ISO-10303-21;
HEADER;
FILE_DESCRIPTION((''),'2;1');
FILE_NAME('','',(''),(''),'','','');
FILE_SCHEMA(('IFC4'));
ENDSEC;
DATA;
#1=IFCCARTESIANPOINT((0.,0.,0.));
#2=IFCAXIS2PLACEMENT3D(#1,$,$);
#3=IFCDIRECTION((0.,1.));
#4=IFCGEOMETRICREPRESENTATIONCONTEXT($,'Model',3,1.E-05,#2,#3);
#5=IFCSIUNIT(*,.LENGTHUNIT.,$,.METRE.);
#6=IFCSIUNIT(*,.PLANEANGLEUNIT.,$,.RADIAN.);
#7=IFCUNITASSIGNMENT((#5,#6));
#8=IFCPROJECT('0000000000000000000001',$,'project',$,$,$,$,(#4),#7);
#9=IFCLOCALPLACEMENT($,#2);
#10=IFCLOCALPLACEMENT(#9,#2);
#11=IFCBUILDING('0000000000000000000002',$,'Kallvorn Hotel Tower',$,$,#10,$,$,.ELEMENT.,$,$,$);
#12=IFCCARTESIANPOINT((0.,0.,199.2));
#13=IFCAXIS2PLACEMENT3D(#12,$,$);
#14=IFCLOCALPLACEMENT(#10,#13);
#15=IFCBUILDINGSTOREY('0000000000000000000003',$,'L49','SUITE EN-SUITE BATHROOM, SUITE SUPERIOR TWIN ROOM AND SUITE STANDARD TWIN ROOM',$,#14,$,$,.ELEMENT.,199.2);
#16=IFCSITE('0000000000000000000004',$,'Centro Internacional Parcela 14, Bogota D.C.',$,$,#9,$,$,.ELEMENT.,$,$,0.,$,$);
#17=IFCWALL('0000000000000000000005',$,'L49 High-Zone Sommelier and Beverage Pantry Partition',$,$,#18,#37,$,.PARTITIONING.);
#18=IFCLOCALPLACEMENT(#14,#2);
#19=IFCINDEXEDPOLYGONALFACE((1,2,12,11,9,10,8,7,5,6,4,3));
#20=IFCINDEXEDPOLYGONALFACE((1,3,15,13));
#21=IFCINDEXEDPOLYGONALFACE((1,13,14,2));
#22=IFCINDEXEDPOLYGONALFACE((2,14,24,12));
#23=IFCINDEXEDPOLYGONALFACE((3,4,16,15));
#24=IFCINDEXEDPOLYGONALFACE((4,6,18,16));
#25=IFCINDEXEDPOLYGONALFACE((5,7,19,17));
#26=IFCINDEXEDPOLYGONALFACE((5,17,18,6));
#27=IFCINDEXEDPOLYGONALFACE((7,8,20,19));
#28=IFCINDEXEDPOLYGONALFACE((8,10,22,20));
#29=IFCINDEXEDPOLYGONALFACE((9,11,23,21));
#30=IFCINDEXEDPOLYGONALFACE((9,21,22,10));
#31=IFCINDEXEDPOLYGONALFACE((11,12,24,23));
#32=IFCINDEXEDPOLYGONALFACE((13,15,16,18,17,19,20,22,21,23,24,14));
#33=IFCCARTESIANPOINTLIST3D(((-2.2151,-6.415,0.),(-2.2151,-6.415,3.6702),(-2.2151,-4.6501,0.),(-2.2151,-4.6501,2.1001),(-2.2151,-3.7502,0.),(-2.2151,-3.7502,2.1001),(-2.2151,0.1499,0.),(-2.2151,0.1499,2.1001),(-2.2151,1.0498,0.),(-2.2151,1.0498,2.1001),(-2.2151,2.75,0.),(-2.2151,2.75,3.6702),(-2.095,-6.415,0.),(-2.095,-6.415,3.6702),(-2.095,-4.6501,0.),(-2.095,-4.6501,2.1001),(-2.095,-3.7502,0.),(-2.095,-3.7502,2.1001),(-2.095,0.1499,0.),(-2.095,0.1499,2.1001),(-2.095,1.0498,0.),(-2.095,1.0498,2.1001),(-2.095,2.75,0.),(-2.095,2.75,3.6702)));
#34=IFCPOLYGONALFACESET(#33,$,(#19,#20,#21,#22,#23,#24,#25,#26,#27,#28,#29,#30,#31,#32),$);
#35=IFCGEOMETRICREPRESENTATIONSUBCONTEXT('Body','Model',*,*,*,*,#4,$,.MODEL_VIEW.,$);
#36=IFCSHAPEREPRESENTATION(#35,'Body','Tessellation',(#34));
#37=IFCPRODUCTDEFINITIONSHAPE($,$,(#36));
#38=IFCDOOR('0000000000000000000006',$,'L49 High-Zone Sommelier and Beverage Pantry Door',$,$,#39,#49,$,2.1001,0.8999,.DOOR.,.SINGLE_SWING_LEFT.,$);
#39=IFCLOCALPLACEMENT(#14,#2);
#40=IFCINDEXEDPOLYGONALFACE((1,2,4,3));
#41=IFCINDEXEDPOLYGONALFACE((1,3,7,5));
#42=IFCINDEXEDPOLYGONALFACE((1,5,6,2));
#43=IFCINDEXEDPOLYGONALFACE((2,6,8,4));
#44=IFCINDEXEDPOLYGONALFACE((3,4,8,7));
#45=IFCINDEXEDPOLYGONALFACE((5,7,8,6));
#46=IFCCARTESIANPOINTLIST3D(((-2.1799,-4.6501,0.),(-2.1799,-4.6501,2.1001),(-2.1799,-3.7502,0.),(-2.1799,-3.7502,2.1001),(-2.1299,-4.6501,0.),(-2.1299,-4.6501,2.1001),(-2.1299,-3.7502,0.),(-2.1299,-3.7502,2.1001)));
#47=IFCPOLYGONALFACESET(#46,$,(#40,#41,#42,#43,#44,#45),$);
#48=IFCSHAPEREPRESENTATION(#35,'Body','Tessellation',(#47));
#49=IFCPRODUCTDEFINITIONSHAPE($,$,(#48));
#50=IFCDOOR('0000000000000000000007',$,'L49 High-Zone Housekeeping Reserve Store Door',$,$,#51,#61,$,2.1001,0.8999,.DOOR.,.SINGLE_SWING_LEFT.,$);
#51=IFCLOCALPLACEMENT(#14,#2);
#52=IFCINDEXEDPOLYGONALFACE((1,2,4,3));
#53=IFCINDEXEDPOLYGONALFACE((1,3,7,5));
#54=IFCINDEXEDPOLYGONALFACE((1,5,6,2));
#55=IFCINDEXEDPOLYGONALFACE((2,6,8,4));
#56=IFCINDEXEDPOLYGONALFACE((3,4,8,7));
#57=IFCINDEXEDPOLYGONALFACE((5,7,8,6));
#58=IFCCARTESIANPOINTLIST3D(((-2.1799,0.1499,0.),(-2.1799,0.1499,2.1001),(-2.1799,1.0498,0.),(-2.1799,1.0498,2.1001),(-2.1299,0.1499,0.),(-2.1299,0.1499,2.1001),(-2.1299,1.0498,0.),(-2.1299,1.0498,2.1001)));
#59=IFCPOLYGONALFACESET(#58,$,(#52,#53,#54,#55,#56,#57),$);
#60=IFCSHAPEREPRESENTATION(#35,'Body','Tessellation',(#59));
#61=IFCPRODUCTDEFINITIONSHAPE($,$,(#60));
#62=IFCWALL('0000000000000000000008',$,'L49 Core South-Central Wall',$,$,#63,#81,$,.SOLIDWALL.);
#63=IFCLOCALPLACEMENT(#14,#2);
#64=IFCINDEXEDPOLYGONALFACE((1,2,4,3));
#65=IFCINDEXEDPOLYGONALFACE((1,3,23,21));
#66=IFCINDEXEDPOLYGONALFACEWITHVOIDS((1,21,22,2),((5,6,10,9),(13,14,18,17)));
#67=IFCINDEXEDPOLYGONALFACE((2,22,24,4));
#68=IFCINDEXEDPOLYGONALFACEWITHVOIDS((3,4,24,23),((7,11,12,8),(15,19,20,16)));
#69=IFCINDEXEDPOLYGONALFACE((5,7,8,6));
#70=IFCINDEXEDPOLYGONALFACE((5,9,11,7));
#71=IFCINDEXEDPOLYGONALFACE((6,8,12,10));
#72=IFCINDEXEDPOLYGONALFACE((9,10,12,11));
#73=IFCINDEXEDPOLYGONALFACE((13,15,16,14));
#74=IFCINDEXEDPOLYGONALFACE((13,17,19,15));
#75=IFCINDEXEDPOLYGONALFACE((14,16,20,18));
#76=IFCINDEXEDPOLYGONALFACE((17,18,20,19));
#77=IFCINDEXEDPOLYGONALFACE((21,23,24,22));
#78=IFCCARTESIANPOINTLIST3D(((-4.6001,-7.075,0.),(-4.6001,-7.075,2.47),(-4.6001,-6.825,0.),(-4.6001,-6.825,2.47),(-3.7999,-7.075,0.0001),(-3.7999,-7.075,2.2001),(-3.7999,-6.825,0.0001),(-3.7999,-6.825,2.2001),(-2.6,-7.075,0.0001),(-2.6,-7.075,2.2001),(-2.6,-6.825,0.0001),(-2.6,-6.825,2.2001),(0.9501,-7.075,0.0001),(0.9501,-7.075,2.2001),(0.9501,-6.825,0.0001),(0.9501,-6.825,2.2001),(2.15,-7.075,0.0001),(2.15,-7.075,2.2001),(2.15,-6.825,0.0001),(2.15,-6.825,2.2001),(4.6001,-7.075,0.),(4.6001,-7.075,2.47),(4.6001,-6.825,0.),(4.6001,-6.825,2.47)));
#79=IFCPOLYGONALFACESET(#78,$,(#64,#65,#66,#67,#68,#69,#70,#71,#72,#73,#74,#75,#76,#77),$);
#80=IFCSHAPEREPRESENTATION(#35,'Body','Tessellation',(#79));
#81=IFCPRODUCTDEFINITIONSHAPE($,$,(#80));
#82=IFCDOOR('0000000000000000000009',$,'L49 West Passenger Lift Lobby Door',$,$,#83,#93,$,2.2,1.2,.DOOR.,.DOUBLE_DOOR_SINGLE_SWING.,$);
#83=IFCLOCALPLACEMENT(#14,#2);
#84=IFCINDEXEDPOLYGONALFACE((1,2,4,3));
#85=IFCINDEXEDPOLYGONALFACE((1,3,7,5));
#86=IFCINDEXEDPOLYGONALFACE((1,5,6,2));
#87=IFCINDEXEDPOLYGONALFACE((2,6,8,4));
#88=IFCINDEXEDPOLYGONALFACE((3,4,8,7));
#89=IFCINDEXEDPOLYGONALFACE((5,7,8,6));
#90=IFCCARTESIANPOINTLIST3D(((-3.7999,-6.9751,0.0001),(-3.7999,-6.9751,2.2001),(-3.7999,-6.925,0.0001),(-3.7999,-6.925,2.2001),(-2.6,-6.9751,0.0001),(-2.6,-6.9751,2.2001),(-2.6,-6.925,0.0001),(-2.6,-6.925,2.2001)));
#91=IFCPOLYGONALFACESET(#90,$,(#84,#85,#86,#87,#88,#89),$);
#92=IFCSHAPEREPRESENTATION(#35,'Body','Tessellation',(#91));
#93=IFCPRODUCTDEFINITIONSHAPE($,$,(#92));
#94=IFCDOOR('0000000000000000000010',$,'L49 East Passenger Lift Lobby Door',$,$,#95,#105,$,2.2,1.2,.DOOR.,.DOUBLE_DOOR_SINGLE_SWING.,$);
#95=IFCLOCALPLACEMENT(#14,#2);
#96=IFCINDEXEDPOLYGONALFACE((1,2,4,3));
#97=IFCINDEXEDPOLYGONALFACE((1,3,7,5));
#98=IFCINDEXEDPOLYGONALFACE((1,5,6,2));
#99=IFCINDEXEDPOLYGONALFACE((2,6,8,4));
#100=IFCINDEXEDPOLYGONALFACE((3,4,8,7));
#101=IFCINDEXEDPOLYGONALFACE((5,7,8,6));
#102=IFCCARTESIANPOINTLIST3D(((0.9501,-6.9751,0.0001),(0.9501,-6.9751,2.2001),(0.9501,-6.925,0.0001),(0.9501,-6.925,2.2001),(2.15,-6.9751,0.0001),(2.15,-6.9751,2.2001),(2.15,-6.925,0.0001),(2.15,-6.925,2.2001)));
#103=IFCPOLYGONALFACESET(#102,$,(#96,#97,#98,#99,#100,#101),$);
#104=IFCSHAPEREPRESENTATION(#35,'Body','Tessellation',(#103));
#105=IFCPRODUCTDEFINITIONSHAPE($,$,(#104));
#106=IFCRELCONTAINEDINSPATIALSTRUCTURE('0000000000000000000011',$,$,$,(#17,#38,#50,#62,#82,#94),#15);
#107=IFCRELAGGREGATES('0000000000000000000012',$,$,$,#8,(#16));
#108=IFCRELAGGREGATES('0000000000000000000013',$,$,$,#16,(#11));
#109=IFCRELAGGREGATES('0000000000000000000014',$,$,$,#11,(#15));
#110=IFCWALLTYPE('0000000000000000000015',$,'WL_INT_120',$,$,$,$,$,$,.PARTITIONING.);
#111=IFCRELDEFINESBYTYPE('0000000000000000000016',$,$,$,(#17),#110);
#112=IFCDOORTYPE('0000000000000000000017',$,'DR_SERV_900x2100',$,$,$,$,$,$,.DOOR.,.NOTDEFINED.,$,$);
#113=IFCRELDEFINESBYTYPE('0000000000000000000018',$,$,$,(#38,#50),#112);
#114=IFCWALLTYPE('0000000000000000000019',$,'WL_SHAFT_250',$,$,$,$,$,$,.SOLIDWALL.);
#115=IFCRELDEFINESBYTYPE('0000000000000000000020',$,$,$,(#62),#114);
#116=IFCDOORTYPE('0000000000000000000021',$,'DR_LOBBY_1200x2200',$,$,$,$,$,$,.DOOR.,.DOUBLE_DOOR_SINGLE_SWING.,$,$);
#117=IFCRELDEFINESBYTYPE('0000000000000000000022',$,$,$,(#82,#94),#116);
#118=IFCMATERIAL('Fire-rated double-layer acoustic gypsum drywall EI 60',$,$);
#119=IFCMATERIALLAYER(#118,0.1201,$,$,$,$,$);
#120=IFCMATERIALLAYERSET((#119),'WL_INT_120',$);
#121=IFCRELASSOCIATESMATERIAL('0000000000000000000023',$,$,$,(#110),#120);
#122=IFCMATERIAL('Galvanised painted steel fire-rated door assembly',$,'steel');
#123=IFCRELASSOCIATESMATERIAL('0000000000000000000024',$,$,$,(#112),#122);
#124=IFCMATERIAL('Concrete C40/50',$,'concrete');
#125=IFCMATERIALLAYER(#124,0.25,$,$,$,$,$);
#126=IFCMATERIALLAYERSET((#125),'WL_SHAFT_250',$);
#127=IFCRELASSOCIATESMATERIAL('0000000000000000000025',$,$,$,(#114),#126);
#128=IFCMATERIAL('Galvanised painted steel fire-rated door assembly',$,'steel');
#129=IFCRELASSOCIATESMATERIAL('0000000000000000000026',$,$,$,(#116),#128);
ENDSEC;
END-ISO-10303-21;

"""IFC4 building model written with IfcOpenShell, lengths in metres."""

from ifc_helpers import new_model, si_unit, direction, frame, frame_2d, origin, place, context, subcontext, project, spatial, rectangle, extrude, material, layer, layer_set, type_object, element, fill, save


model = new_model("IFC4")

# Units and contexts
model_context = context("Model", 3, precision=1e-05, world=origin(), true_north=direction((0.0, 1.0)))
body_context = subcontext(model_context, "Body", "Model", "MODEL_VIEW")
ifc_project = project(units=[si_unit("LENGTHUNIT", "METRE"), si_unit("PLANEANGLEUNIT", "RADIAN")], contexts=[model_context])

# Site, building, storey
site_placement = place(None, origin())
site = spatial("IfcSite", under=ifc_project, at=site_placement, Name="Centro Internacional Parcela 14, Bogota D.C.", CompositionType="ELEMENT", RefElevation=0.0)
building_placement = place(site_placement, origin())
building = spatial("IfcBuilding", under=site, at=building_placement, Name="Kallvorn Hotel Tower", CompositionType="ELEMENT")
storey_placement = place(building_placement, frame((0.0, 0.0, 199.2)))
storey = spatial("IfcBuildingStorey", under=building, at=storey_placement, Name="L49", Description="SUITE EN-SUITE BATHROOM, SUITE SUPERIOR TWIN ROOM AND SUITE STANDARD TWIN ROOM", CompositionType="ELEMENT", Elevation=199.2)

# Shared definitions
ifc_material_1 = material(Name="Fire-rated double-layer acoustic gypsum drywall EI 60")
ifc_layer_1 = layer(ifc_material_1, 0.1201)
ifc_layer_set_1 = layer_set([ifc_layer_1], Name="WL_INT_120")
wall_type_1 = type_object("IfcWallType", Name="WL_INT_120", PredefinedType="PARTITIONING", material=ifc_layer_set_1)

# Shared definitions
ifc_material_2 = material(Name="Galvanised painted steel fire-rated door assembly", Category="steel")
door_type_1 = type_object("IfcDoorType", Name="DR_SERV_900x2100", OperationType="NOTDEFINED", PredefinedType="DOOR", material=ifc_material_2)

# Walls, openings, doors
wall_1_placement = place(storey_placement, frame((-2.155, -6.415, 0.0), z_axis=(0.0, 0.0, 1.0), x_axis=(0.0, 1.0, 0.0)))
wall_1 = element("IfcWall", 1, at=wall_1_placement, inside=storey, type_object=wall_type_1, Name="L49 High-Zone Sommelier and Beverage Pantry Partition", PredefinedType="PARTITIONING", context=body_context, shape_type="SweptSolid", body=[
    extrude(rectangle(XDim=9.165, YDim=0.1201, at=frame_2d((4.5825, 0.0))), origin(), (0.0, 0.0, 1.0), 3.6702),
])
opening_1_placement = place(wall_1_placement, frame((1.7649, 0.0, 0.0)))
opening_1 = element("IfcOpeningElement", 2, at=opening_1_placement, cuts=wall_1, PredefinedType="OPENING", context=body_context, shape_type="SweptSolid", body=[
    extrude(rectangle(XDim=0.8999, YDim=2.1001, at=frame_2d((0.45, 1.05))), frame((0.0, 0.075, 0.0), z_axis=(0.0, -1.0, 0.0), x_axis=(1.0, 0.0, 0.0)), (0.0, 0.0, 1.0), 0.1501),
])
opening_2_placement = place(wall_1_placement, frame((6.5649, 0.0, 0.0)))
opening_2 = element("IfcOpeningElement", 3, at=opening_2_placement, cuts=wall_1, PredefinedType="OPENING", context=body_context, shape_type="SweptSolid", body=[
    extrude(rectangle(XDim=0.8999, YDim=2.1001, at=frame_2d((0.45, 1.05))), frame((0.0, 0.075, 0.0), z_axis=(0.0, -1.0, 0.0), x_axis=(1.0, 0.0, 0.0)), (0.0, 0.0, 1.0), 0.1501),
])
door_1_placement = place(opening_1_placement, origin())
door_1 = element("IfcDoor", 4, at=door_1_placement, inside=storey, type_object=door_type_1, Name="L49 High-Zone Sommelier and Beverage Pantry Door", OperationType="SINGLE_SWING_LEFT", OverallHeight=2.1001, OverallWidth=0.8999, PredefinedType="DOOR", context=body_context, shape_type="SweptSolid", body=[
    extrude(rectangle(XDim=0.8999, YDim=2.1001, at=frame_2d((0.45, 1.05))), frame((0.0, 0.0249, 0.0), z_axis=(0.0, -1.0, 0.0), x_axis=(1.0, 0.0, 0.0)), (0.0, 0.0, 1.0), 0.05),
])
fill(opening_1, door_1)
door_2_placement = place(opening_2_placement, origin())
door_2 = element("IfcDoor", 5, at=door_2_placement, inside=storey, type_object=door_type_1, Name="L49 High-Zone Housekeeping Reserve Store Door", OperationType="SINGLE_SWING_LEFT", OverallHeight=2.1001, OverallWidth=0.8999, PredefinedType="DOOR", context=body_context, shape_type="SweptSolid", body=[
    extrude(rectangle(XDim=0.8999, YDim=2.1001, at=frame_2d((0.45, 1.05))), frame((0.0, 0.0249, 0.0), z_axis=(0.0, -1.0, 0.0), x_axis=(1.0, 0.0, 0.0)), (0.0, 0.0, 1.0), 0.05),
])
fill(opening_2, door_2)
ifc_material_3 = material(Name="Concrete C40/50", Category="concrete")
ifc_layer_2 = layer(ifc_material_3, 0.25)
ifc_layer_set_2 = layer_set([ifc_layer_2], Name="WL_SHAFT_250")
wall_type_2 = type_object("IfcWallType", Name="WL_SHAFT_250", PredefinedType="SOLIDWALL", material=ifc_layer_set_2)
wall_2_placement = place(storey_placement, frame((-4.6001, -6.95, 0.0), z_axis=(0.0, 0.0, 1.0), x_axis=(1.0, 0.0, 0.0)))
wall_2 = element("IfcWall", 6, at=wall_2_placement, inside=storey, type_object=wall_type_2, Name="L49 Core South-Central Wall", PredefinedType="SOLIDWALL", context=body_context, shape_type="SweptSolid", body=[
    extrude(rectangle(XDim=9.2002, YDim=0.25, at=frame_2d((4.6001, 0.0))), origin(), (0.0, 0.0, 1.0), 2.47),
])
opening_3_placement = place(wall_2_placement, frame((0.8, 0.0, 0.0)))
opening_3 = element("IfcOpeningElement", 7, at=opening_3_placement, cuts=wall_2, PredefinedType="OPENING", context=body_context, shape_type="SweptSolid", body=[
    extrude(rectangle(XDim=1.2, YDim=2.2, at=frame_2d((0.6001, 1.1001))), frame((0.0, 0.1399, 0.0), z_axis=(0.0, -1.0, 0.0), x_axis=(1.0, 0.0, 0.0)), (0.0, 0.0, 1.0), 0.28),
])
opening_4_placement = place(wall_2_placement, frame((5.55, 0.0, 0.0)))
opening_4 = element("IfcOpeningElement", 8, at=opening_4_placement, cuts=wall_2, PredefinedType="OPENING", context=body_context, shape_type="SweptSolid", body=[
    extrude(rectangle(XDim=1.2, YDim=2.2, at=frame_2d((0.6001, 1.1001))), frame((0.0, 0.1399, 0.0), z_axis=(0.0, -1.0, 0.0), x_axis=(1.0, 0.0, 0.0)), (0.0, 0.0, 1.0), 0.28),
])
ifc_material_4 = material(Name="Galvanised painted steel fire-rated door assembly", Category="steel")
door_type_2 = type_object("IfcDoorType", Name="DR_LOBBY_1200x2200", OperationType="DOUBLE_DOOR_SINGLE_SWING", PredefinedType="DOOR", material=ifc_material_4)
door_3_placement = place(opening_3_placement, origin())
door_3 = element("IfcDoor", 9, at=door_3_placement, inside=storey, type_object=door_type_2, Name="L49 West Passenger Lift Lobby Door", OperationType="DOUBLE_DOOR_SINGLE_SWING", OverallHeight=2.2, OverallWidth=1.2, PredefinedType="DOOR", context=body_context, shape_type="SweptSolid", body=[
    extrude(rectangle(XDim=1.2, YDim=2.2, at=frame_2d((0.6001, 1.1001))), frame((0.0, 0.0249, 0.0), z_axis=(0.0, -1.0, 0.0), x_axis=(1.0, 0.0, 0.0)), (0.0, 0.0, 1.0), 0.05),
])
fill(opening_3, door_3)
door_4_placement = place(opening_4_placement, origin())
door_4 = element("IfcDoor", 10, at=door_4_placement, inside=storey, type_object=door_type_2, Name="L49 East Passenger Lift Lobby Door", OperationType="DOUBLE_DOOR_SINGLE_SWING", OverallHeight=2.2, OverallWidth=1.2, PredefinedType="DOOR", context=body_context, shape_type="SweptSolid", body=[
    extrude(rectangle(XDim=1.2, YDim=2.2, at=frame_2d((0.6001, 1.1001))), frame((0.0, 0.0249, 0.0), z_axis=(0.0, -1.0, 0.0), x_axis=(1.0, 0.0, 0.0)), (0.0, 0.0, 1.0), 0.05),
])
fill(opening_4, door_4)

save(model, "model.ifc")
